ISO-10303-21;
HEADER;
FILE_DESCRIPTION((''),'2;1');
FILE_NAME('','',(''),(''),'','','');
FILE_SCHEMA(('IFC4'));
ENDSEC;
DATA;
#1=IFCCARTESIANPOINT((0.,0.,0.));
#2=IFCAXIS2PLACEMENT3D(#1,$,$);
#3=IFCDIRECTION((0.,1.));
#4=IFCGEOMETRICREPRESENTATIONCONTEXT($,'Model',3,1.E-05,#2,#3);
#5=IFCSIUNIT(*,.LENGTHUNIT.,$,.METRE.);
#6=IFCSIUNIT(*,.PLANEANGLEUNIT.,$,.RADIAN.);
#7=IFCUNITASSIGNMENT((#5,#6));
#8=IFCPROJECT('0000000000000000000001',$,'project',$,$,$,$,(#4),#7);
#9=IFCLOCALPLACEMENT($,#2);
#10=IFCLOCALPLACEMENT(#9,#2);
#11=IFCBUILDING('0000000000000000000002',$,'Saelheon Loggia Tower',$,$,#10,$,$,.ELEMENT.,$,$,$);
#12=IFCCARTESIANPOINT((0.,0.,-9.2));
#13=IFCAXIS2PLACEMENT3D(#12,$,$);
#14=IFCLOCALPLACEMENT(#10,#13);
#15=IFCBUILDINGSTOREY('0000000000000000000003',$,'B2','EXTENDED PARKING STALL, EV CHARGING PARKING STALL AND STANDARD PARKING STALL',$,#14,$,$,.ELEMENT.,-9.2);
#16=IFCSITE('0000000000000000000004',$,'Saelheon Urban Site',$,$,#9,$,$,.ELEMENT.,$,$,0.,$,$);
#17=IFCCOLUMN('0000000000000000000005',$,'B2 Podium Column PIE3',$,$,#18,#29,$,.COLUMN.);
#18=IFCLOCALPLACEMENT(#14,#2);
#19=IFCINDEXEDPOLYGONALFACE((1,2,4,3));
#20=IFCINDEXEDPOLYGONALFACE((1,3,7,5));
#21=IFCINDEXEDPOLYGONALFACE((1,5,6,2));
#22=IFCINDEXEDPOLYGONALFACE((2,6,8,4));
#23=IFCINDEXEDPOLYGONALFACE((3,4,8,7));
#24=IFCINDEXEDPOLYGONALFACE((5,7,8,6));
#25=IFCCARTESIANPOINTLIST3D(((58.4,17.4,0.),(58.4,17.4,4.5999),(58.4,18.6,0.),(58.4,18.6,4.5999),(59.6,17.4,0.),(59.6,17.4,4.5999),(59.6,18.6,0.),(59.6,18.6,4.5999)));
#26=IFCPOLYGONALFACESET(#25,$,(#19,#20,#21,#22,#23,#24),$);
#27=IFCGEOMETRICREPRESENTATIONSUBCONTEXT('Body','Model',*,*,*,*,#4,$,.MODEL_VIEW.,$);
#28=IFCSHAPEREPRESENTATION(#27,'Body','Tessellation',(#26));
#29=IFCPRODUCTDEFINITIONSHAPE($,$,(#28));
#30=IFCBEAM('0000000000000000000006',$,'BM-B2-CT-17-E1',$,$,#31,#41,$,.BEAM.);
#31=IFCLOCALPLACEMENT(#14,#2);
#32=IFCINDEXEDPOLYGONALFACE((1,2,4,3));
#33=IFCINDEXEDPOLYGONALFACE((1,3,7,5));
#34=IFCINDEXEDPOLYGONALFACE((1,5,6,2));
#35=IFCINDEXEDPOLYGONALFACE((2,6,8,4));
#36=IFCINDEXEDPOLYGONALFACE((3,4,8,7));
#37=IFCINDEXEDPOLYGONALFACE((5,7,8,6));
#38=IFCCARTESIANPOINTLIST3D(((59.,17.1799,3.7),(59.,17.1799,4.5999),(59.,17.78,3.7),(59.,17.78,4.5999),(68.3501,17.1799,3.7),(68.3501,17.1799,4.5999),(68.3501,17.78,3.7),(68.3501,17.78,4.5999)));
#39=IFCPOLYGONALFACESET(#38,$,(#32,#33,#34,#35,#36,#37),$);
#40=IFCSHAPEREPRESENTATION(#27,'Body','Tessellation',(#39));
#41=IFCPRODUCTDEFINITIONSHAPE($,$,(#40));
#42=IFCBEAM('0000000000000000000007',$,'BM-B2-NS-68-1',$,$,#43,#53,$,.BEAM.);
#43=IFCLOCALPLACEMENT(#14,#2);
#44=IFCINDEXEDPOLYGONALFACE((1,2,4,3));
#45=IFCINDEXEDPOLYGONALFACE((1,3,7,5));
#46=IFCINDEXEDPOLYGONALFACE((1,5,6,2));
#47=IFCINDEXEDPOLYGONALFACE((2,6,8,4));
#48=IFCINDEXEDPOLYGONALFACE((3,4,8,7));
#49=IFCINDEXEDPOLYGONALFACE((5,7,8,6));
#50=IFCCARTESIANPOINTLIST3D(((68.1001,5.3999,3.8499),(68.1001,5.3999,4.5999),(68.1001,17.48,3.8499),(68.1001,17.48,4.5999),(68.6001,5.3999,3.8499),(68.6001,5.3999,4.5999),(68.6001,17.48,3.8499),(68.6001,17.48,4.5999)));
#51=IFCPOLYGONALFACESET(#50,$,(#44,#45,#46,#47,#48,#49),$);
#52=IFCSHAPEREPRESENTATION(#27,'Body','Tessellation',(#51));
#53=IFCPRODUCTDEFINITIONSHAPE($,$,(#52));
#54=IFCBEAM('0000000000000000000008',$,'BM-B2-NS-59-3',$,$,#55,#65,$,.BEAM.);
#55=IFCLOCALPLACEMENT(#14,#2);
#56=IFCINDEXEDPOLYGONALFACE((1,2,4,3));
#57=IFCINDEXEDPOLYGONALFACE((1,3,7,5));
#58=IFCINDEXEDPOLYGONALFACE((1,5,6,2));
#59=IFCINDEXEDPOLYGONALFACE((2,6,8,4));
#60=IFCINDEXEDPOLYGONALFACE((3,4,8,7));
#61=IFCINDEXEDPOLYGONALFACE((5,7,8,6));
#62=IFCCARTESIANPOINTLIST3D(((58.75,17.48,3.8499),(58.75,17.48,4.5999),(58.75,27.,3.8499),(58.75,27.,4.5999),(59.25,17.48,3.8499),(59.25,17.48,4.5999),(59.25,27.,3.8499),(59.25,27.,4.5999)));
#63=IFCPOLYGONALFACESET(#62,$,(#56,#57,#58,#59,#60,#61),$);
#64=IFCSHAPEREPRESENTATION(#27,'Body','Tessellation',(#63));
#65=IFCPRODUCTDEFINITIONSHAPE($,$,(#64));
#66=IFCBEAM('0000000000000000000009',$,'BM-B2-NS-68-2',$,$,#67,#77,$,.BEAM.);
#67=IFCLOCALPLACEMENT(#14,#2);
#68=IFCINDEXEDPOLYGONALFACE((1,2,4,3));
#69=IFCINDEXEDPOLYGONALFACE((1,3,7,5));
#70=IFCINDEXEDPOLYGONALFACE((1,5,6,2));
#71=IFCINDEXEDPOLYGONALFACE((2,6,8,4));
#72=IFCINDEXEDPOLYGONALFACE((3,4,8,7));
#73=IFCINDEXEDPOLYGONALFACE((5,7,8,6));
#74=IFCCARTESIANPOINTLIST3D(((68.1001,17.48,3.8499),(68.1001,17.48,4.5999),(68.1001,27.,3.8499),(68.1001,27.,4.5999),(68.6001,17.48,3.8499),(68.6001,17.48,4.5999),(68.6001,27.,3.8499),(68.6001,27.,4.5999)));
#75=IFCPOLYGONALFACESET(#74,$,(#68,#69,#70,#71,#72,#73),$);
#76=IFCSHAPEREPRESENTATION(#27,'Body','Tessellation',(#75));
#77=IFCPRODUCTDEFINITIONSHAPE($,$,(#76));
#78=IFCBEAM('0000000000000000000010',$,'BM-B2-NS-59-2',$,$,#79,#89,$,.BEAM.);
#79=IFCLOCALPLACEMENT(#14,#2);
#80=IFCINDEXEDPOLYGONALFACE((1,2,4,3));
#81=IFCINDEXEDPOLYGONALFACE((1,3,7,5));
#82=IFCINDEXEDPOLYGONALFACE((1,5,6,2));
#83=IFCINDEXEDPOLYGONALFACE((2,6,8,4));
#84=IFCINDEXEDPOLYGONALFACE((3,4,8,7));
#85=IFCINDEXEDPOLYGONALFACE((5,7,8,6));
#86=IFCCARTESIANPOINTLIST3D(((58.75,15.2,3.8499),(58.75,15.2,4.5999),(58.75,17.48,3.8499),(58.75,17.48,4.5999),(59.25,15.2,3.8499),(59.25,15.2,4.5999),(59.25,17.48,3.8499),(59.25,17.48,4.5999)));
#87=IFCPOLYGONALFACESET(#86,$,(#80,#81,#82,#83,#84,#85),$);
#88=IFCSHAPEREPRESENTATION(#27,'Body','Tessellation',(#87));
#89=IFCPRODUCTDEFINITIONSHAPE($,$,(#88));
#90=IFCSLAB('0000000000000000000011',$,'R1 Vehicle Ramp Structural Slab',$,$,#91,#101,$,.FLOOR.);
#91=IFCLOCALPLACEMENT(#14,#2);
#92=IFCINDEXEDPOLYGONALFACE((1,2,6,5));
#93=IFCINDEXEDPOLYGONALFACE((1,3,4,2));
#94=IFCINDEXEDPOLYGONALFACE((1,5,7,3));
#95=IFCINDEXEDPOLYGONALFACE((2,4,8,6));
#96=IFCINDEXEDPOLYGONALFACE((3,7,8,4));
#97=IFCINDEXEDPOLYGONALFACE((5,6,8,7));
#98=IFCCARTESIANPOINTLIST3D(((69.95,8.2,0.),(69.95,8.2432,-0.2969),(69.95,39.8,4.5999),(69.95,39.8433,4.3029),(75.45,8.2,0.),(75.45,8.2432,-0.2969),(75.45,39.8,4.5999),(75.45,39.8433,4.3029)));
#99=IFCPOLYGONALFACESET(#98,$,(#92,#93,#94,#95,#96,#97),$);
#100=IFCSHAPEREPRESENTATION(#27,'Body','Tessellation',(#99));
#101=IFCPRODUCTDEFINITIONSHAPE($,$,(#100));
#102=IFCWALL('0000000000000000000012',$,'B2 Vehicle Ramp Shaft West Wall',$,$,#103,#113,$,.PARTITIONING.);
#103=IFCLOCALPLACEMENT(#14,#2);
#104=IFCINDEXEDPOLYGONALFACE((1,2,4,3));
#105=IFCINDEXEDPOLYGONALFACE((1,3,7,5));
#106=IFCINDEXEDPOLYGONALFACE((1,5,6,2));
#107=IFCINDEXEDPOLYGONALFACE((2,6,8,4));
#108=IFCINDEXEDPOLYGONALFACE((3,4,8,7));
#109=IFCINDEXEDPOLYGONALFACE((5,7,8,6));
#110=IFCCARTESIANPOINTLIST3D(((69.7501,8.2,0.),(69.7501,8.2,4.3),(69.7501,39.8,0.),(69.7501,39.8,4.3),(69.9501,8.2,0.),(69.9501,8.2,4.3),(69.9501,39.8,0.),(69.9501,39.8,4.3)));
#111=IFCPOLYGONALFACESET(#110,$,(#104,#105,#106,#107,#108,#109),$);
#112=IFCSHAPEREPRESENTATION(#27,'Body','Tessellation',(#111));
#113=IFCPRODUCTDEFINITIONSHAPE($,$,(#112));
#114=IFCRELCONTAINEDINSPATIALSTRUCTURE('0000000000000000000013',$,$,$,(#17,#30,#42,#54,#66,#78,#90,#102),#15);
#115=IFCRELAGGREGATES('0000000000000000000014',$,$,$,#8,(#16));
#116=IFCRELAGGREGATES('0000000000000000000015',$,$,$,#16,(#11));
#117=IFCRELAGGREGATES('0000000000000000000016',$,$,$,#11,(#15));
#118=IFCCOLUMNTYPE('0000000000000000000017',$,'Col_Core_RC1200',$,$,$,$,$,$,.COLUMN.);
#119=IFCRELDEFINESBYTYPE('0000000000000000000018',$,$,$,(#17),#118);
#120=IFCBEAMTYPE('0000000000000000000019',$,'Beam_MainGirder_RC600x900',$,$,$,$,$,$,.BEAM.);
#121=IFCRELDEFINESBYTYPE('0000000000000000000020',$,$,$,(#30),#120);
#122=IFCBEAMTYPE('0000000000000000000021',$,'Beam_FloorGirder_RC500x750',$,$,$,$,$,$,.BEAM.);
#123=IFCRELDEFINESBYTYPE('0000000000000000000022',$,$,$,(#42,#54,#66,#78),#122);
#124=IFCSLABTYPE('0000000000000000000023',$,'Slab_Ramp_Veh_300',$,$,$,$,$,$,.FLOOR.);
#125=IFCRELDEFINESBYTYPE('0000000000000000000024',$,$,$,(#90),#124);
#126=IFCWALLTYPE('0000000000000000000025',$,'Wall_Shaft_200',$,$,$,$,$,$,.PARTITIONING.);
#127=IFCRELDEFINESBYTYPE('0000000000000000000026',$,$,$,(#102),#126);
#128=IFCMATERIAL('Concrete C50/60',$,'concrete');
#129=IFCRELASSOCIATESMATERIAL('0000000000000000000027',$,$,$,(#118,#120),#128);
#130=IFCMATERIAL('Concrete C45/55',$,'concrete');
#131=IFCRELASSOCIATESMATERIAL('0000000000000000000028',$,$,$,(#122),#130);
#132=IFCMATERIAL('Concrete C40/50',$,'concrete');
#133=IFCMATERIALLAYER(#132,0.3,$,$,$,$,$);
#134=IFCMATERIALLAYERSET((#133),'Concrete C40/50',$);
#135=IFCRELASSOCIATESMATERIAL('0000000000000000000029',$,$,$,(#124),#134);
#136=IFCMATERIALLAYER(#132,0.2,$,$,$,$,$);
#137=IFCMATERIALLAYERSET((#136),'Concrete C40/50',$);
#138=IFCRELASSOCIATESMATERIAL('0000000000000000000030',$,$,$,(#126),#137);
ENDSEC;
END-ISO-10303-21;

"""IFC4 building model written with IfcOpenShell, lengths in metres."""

from ifc_helpers import new_model, si_unit, direction, frame, frame_2d, origin, origin_2d, place, context, subcontext, project, spatial, polyline, rectangle, outline, extrude, source, transform, mapped, material, layer, layer_set, material_profile, profile_set, type_object, element, save


model = new_model("IFC4")

# Units and contexts
model_context = context("Model", 3, precision=1e-05, world=origin(), true_north=direction((0.0, 1.0)))
body_context = subcontext(model_context, "Body", "Model", "MODEL_VIEW")
ifc_project = project(units=[si_unit("LENGTHUNIT", "METRE"), si_unit("PLANEANGLEUNIT", "RADIAN")], contexts=[model_context])

# Site, building, storey
site_placement = place(None, origin())
site = spatial("IfcSite", under=ifc_project, at=site_placement, Name="Saelheon Urban Site", CompositionType="ELEMENT", RefElevation=0.0)
building_placement = place(site_placement, origin())
building = spatial("IfcBuilding", under=site, at=building_placement, Name="Saelheon Loggia Tower", CompositionType="ELEMENT")
storey_placement = place(building_placement, frame((0.0, 0.0, -9.2)))
storey = spatial("IfcBuildingStorey", under=building, at=storey_placement, Name="B2", Description="EXTENDED PARKING STALL, EV CHARGING PARKING STALL AND STANDARD PARKING STALL", CompositionType="ELEMENT", Elevation=-9.2)

# Shared definitions
ifc_material_1 = material(Name="Concrete C50/60", Category="concrete")

# Column
ifc_material_2 = material(Name="Concrete C45/55", Category="concrete")
ifc_material_profile_1 = material_profile(ifc_material_1, rectangle(XDim=1.2, YDim=1.2, at=origin_2d()), Name="RC-1200x1200")
ifc_profile_set_1 = profile_set([ifc_material_profile_1], Name="Concrete C50/60")
column_type_1 = type_object("IfcColumnType", Name="Col_Core_RC1200", PredefinedType="COLUMN", material=ifc_profile_set_1)
shared_shape_1 = source(origin(), body_context, "Body", "SweptSolid", [
    extrude(rectangle(XDim=1.2, YDim=1.2, at=origin_2d()), origin(), (0.0, 0.0, 1.0), 4.5999),
])
for number, where, z_axis, x_axis, name in (
    (1, (59.0, 18.0, 0.0), (0.0, 0.0, 1.0), (1.0, 0.0, 0.0), "B2 Podium Column PIE3"),
):
    element("IfcColumn", number, at=place(storey_placement, frame(where, z_axis=z_axis, x_axis=x_axis)), inside=storey, type_object=column_type_1, Name=name, PredefinedType="COLUMN", context=body_context, shape_type="MappedRepresentation", body=[
        mapped(shared_shape_1, transform((0.0, 0.0, 0.0), scale=1.0)),
    ])

# Beams
ifc_material_profile_2 = material_profile(ifc_material_1, rectangle(XDim=0.6001, YDim=0.8999, at=origin_2d()), Name="RC-600x900")
ifc_profile_set_2 = profile_set([ifc_material_profile_2], Name="Concrete C50/60")
beam_type_1 = type_object("IfcBeamType", Name="Beam_MainGirder_RC600x900", PredefinedType="BEAM", material=ifc_profile_set_2)
shared_shape_2 = source(origin(), body_context, "Body", "SweptSolid", [
    extrude(rectangle(XDim=0.6001, YDim=0.8999, at=origin_2d()), origin(), (0.0, 0.0, 1.0), 9.3501),
])
beam_1_placement = place(storey_placement, frame((59.0, 17.48, 4.1499), z_axis=(1.0, 0.0, 0.0), x_axis=(0.0, 1.0, 0.0)))
element("IfcBeam", 2, at=beam_1_placement, inside=storey, type_object=beam_type_1, Name="BM-B2-CT-17-E1", PredefinedType="BEAM", context=body_context, shape_type="MappedRepresentation", body=[
    mapped(shared_shape_2, transform((0.0, 0.0, 0.0), scale=1.0)),
])
ifc_material_profile_3 = material_profile(ifc_material_2, rectangle(XDim=0.5, YDim=0.75, at=origin_2d()), Name="RC-500x750")
ifc_profile_set_3 = profile_set([ifc_material_profile_3], Name="Concrete C45/55")
beam_type_2 = type_object("IfcBeamType", Name="Beam_FloorGirder_RC500x750", PredefinedType="BEAM", material=ifc_profile_set_3)
shared_shape_3 = source(origin(), body_context, "Body", "SweptSolid", [
    extrude(rectangle(XDim=0.5, YDim=0.75, at=origin_2d()), origin(), (0.0, 0.0, 1.0), 12.0801),
])
beam_2_placement = place(storey_placement, frame((68.3501, 5.3999, 4.2249), z_axis=(0.0, 1.0, 0.0), x_axis=(-1.0, 0.0, 0.0)))
element("IfcBeam", 3, at=beam_2_placement, inside=storey, type_object=beam_type_2, Name="BM-B2-NS-68-1", PredefinedType="BEAM", context=body_context, shape_type="MappedRepresentation", body=[
    mapped(shared_shape_3, transform((0.0, 0.0, 0.0), scale=1.0)),
])
shared_shape_4 = source(origin(), body_context, "Body", "SweptSolid", [
    extrude(rectangle(XDim=0.5, YDim=0.75, at=origin_2d()), origin(), (0.0, 0.0, 1.0), 9.52),
])
for number, where, z_axis, x_axis, name in (
    (4, (59.0, 17.48, 4.2249), (0.0, 1.0, 0.0), (-1.0, 0.0, 0.0), "BM-B2-NS-59-3"),
    (5, (68.3501, 17.48, 4.2249), (0.0, 1.0, 0.0), (-1.0, 0.0, 0.0), "BM-B2-NS-68-2"),
):
    element("IfcBeam", number, at=place(storey_placement, frame(where, z_axis=z_axis, x_axis=x_axis)), inside=storey, type_object=beam_type_2, Name=name, PredefinedType="BEAM", context=body_context, shape_type="MappedRepresentation", body=[
        mapped(shared_shape_4, transform((0.0, 0.0, 0.0), scale=1.0)),
    ])
shared_shape_5 = source(origin(), body_context, "Body", "SweptSolid", [
    extrude(rectangle(XDim=0.5, YDim=0.75, at=origin_2d()), origin(), (0.0, 0.0, 1.0), 2.28),
])
beam_3_placement = place(storey_placement, frame((59.0, 15.2, 4.2249), z_axis=(0.0, 1.0, 0.0), x_axis=(-1.0, 0.0, 0.0)))
element("IfcBeam", 6, at=beam_3_placement, inside=storey, type_object=beam_type_2, Name="BM-B2-NS-59-2", PredefinedType="BEAM", context=body_context, shape_type="MappedRepresentation", body=[
    mapped(shared_shape_5, transform((0.0, 0.0, 0.0), scale=1.0)),
])

# Slab
ifc_material_3 = material(Name="Concrete C40/50", Category="concrete")
ifc_layer_1 = layer(ifc_material_3, 0.3)
ifc_layer_set_1 = layer_set([ifc_layer_1], Name="Concrete C40/50")
slab_type = type_object("IfcSlabType", Name="Slab_Ramp_Veh_300", PredefinedType="FLOOR", material=ifc_layer_set_1)
slab_placement = place(storey_placement, frame((69.95, 8.2, 0.0), z_axis=(0.0, -0.144046, 0.989571), x_axis=(1.0, 0.0, 0.0)))
element("IfcSlab", 7, at=slab_placement, inside=storey, type_object=slab_type, Name="R1 Vehicle Ramp Structural Slab", PredefinedType="FLOOR", context=body_context, shape_type="SweptSolid", body=[
    extrude(outline(polyline([(0.0, 0.0), (5.5, 0.0), (5.5, 31.9331), (0.0, 31.9331), (0.0, 0.0)])), origin(), (0.0, 0.0, -1.0), 0.3),
])

# Wall
ifc_layer_2 = layer(ifc_material_3, 0.2)
ifc_layer_set_2 = layer_set([ifc_layer_2], Name="Concrete C40/50")
wall_type = type_object("IfcWallType", Name="Wall_Shaft_200", PredefinedType="PARTITIONING", material=ifc_layer_set_2)
wall_placement = place(storey_placement, frame((69.8501, 8.2, 0.0), z_axis=(0.0, 0.0, 1.0), x_axis=(0.0, 1.0, 0.0)))
element("IfcWall", 8, at=wall_placement, inside=storey, type_object=wall_type, Name="B2 Vehicle Ramp Shaft West Wall", PredefinedType="PARTITIONING", context=body_context, shape_type="SweptSolid", body=[
    extrude(rectangle(XDim=31.6001, YDim=0.2, at=frame_2d((15.8, 0.0))), origin(), (0.0, 0.0, 1.0), 4.3),
])

save(model, "model.ifc")
